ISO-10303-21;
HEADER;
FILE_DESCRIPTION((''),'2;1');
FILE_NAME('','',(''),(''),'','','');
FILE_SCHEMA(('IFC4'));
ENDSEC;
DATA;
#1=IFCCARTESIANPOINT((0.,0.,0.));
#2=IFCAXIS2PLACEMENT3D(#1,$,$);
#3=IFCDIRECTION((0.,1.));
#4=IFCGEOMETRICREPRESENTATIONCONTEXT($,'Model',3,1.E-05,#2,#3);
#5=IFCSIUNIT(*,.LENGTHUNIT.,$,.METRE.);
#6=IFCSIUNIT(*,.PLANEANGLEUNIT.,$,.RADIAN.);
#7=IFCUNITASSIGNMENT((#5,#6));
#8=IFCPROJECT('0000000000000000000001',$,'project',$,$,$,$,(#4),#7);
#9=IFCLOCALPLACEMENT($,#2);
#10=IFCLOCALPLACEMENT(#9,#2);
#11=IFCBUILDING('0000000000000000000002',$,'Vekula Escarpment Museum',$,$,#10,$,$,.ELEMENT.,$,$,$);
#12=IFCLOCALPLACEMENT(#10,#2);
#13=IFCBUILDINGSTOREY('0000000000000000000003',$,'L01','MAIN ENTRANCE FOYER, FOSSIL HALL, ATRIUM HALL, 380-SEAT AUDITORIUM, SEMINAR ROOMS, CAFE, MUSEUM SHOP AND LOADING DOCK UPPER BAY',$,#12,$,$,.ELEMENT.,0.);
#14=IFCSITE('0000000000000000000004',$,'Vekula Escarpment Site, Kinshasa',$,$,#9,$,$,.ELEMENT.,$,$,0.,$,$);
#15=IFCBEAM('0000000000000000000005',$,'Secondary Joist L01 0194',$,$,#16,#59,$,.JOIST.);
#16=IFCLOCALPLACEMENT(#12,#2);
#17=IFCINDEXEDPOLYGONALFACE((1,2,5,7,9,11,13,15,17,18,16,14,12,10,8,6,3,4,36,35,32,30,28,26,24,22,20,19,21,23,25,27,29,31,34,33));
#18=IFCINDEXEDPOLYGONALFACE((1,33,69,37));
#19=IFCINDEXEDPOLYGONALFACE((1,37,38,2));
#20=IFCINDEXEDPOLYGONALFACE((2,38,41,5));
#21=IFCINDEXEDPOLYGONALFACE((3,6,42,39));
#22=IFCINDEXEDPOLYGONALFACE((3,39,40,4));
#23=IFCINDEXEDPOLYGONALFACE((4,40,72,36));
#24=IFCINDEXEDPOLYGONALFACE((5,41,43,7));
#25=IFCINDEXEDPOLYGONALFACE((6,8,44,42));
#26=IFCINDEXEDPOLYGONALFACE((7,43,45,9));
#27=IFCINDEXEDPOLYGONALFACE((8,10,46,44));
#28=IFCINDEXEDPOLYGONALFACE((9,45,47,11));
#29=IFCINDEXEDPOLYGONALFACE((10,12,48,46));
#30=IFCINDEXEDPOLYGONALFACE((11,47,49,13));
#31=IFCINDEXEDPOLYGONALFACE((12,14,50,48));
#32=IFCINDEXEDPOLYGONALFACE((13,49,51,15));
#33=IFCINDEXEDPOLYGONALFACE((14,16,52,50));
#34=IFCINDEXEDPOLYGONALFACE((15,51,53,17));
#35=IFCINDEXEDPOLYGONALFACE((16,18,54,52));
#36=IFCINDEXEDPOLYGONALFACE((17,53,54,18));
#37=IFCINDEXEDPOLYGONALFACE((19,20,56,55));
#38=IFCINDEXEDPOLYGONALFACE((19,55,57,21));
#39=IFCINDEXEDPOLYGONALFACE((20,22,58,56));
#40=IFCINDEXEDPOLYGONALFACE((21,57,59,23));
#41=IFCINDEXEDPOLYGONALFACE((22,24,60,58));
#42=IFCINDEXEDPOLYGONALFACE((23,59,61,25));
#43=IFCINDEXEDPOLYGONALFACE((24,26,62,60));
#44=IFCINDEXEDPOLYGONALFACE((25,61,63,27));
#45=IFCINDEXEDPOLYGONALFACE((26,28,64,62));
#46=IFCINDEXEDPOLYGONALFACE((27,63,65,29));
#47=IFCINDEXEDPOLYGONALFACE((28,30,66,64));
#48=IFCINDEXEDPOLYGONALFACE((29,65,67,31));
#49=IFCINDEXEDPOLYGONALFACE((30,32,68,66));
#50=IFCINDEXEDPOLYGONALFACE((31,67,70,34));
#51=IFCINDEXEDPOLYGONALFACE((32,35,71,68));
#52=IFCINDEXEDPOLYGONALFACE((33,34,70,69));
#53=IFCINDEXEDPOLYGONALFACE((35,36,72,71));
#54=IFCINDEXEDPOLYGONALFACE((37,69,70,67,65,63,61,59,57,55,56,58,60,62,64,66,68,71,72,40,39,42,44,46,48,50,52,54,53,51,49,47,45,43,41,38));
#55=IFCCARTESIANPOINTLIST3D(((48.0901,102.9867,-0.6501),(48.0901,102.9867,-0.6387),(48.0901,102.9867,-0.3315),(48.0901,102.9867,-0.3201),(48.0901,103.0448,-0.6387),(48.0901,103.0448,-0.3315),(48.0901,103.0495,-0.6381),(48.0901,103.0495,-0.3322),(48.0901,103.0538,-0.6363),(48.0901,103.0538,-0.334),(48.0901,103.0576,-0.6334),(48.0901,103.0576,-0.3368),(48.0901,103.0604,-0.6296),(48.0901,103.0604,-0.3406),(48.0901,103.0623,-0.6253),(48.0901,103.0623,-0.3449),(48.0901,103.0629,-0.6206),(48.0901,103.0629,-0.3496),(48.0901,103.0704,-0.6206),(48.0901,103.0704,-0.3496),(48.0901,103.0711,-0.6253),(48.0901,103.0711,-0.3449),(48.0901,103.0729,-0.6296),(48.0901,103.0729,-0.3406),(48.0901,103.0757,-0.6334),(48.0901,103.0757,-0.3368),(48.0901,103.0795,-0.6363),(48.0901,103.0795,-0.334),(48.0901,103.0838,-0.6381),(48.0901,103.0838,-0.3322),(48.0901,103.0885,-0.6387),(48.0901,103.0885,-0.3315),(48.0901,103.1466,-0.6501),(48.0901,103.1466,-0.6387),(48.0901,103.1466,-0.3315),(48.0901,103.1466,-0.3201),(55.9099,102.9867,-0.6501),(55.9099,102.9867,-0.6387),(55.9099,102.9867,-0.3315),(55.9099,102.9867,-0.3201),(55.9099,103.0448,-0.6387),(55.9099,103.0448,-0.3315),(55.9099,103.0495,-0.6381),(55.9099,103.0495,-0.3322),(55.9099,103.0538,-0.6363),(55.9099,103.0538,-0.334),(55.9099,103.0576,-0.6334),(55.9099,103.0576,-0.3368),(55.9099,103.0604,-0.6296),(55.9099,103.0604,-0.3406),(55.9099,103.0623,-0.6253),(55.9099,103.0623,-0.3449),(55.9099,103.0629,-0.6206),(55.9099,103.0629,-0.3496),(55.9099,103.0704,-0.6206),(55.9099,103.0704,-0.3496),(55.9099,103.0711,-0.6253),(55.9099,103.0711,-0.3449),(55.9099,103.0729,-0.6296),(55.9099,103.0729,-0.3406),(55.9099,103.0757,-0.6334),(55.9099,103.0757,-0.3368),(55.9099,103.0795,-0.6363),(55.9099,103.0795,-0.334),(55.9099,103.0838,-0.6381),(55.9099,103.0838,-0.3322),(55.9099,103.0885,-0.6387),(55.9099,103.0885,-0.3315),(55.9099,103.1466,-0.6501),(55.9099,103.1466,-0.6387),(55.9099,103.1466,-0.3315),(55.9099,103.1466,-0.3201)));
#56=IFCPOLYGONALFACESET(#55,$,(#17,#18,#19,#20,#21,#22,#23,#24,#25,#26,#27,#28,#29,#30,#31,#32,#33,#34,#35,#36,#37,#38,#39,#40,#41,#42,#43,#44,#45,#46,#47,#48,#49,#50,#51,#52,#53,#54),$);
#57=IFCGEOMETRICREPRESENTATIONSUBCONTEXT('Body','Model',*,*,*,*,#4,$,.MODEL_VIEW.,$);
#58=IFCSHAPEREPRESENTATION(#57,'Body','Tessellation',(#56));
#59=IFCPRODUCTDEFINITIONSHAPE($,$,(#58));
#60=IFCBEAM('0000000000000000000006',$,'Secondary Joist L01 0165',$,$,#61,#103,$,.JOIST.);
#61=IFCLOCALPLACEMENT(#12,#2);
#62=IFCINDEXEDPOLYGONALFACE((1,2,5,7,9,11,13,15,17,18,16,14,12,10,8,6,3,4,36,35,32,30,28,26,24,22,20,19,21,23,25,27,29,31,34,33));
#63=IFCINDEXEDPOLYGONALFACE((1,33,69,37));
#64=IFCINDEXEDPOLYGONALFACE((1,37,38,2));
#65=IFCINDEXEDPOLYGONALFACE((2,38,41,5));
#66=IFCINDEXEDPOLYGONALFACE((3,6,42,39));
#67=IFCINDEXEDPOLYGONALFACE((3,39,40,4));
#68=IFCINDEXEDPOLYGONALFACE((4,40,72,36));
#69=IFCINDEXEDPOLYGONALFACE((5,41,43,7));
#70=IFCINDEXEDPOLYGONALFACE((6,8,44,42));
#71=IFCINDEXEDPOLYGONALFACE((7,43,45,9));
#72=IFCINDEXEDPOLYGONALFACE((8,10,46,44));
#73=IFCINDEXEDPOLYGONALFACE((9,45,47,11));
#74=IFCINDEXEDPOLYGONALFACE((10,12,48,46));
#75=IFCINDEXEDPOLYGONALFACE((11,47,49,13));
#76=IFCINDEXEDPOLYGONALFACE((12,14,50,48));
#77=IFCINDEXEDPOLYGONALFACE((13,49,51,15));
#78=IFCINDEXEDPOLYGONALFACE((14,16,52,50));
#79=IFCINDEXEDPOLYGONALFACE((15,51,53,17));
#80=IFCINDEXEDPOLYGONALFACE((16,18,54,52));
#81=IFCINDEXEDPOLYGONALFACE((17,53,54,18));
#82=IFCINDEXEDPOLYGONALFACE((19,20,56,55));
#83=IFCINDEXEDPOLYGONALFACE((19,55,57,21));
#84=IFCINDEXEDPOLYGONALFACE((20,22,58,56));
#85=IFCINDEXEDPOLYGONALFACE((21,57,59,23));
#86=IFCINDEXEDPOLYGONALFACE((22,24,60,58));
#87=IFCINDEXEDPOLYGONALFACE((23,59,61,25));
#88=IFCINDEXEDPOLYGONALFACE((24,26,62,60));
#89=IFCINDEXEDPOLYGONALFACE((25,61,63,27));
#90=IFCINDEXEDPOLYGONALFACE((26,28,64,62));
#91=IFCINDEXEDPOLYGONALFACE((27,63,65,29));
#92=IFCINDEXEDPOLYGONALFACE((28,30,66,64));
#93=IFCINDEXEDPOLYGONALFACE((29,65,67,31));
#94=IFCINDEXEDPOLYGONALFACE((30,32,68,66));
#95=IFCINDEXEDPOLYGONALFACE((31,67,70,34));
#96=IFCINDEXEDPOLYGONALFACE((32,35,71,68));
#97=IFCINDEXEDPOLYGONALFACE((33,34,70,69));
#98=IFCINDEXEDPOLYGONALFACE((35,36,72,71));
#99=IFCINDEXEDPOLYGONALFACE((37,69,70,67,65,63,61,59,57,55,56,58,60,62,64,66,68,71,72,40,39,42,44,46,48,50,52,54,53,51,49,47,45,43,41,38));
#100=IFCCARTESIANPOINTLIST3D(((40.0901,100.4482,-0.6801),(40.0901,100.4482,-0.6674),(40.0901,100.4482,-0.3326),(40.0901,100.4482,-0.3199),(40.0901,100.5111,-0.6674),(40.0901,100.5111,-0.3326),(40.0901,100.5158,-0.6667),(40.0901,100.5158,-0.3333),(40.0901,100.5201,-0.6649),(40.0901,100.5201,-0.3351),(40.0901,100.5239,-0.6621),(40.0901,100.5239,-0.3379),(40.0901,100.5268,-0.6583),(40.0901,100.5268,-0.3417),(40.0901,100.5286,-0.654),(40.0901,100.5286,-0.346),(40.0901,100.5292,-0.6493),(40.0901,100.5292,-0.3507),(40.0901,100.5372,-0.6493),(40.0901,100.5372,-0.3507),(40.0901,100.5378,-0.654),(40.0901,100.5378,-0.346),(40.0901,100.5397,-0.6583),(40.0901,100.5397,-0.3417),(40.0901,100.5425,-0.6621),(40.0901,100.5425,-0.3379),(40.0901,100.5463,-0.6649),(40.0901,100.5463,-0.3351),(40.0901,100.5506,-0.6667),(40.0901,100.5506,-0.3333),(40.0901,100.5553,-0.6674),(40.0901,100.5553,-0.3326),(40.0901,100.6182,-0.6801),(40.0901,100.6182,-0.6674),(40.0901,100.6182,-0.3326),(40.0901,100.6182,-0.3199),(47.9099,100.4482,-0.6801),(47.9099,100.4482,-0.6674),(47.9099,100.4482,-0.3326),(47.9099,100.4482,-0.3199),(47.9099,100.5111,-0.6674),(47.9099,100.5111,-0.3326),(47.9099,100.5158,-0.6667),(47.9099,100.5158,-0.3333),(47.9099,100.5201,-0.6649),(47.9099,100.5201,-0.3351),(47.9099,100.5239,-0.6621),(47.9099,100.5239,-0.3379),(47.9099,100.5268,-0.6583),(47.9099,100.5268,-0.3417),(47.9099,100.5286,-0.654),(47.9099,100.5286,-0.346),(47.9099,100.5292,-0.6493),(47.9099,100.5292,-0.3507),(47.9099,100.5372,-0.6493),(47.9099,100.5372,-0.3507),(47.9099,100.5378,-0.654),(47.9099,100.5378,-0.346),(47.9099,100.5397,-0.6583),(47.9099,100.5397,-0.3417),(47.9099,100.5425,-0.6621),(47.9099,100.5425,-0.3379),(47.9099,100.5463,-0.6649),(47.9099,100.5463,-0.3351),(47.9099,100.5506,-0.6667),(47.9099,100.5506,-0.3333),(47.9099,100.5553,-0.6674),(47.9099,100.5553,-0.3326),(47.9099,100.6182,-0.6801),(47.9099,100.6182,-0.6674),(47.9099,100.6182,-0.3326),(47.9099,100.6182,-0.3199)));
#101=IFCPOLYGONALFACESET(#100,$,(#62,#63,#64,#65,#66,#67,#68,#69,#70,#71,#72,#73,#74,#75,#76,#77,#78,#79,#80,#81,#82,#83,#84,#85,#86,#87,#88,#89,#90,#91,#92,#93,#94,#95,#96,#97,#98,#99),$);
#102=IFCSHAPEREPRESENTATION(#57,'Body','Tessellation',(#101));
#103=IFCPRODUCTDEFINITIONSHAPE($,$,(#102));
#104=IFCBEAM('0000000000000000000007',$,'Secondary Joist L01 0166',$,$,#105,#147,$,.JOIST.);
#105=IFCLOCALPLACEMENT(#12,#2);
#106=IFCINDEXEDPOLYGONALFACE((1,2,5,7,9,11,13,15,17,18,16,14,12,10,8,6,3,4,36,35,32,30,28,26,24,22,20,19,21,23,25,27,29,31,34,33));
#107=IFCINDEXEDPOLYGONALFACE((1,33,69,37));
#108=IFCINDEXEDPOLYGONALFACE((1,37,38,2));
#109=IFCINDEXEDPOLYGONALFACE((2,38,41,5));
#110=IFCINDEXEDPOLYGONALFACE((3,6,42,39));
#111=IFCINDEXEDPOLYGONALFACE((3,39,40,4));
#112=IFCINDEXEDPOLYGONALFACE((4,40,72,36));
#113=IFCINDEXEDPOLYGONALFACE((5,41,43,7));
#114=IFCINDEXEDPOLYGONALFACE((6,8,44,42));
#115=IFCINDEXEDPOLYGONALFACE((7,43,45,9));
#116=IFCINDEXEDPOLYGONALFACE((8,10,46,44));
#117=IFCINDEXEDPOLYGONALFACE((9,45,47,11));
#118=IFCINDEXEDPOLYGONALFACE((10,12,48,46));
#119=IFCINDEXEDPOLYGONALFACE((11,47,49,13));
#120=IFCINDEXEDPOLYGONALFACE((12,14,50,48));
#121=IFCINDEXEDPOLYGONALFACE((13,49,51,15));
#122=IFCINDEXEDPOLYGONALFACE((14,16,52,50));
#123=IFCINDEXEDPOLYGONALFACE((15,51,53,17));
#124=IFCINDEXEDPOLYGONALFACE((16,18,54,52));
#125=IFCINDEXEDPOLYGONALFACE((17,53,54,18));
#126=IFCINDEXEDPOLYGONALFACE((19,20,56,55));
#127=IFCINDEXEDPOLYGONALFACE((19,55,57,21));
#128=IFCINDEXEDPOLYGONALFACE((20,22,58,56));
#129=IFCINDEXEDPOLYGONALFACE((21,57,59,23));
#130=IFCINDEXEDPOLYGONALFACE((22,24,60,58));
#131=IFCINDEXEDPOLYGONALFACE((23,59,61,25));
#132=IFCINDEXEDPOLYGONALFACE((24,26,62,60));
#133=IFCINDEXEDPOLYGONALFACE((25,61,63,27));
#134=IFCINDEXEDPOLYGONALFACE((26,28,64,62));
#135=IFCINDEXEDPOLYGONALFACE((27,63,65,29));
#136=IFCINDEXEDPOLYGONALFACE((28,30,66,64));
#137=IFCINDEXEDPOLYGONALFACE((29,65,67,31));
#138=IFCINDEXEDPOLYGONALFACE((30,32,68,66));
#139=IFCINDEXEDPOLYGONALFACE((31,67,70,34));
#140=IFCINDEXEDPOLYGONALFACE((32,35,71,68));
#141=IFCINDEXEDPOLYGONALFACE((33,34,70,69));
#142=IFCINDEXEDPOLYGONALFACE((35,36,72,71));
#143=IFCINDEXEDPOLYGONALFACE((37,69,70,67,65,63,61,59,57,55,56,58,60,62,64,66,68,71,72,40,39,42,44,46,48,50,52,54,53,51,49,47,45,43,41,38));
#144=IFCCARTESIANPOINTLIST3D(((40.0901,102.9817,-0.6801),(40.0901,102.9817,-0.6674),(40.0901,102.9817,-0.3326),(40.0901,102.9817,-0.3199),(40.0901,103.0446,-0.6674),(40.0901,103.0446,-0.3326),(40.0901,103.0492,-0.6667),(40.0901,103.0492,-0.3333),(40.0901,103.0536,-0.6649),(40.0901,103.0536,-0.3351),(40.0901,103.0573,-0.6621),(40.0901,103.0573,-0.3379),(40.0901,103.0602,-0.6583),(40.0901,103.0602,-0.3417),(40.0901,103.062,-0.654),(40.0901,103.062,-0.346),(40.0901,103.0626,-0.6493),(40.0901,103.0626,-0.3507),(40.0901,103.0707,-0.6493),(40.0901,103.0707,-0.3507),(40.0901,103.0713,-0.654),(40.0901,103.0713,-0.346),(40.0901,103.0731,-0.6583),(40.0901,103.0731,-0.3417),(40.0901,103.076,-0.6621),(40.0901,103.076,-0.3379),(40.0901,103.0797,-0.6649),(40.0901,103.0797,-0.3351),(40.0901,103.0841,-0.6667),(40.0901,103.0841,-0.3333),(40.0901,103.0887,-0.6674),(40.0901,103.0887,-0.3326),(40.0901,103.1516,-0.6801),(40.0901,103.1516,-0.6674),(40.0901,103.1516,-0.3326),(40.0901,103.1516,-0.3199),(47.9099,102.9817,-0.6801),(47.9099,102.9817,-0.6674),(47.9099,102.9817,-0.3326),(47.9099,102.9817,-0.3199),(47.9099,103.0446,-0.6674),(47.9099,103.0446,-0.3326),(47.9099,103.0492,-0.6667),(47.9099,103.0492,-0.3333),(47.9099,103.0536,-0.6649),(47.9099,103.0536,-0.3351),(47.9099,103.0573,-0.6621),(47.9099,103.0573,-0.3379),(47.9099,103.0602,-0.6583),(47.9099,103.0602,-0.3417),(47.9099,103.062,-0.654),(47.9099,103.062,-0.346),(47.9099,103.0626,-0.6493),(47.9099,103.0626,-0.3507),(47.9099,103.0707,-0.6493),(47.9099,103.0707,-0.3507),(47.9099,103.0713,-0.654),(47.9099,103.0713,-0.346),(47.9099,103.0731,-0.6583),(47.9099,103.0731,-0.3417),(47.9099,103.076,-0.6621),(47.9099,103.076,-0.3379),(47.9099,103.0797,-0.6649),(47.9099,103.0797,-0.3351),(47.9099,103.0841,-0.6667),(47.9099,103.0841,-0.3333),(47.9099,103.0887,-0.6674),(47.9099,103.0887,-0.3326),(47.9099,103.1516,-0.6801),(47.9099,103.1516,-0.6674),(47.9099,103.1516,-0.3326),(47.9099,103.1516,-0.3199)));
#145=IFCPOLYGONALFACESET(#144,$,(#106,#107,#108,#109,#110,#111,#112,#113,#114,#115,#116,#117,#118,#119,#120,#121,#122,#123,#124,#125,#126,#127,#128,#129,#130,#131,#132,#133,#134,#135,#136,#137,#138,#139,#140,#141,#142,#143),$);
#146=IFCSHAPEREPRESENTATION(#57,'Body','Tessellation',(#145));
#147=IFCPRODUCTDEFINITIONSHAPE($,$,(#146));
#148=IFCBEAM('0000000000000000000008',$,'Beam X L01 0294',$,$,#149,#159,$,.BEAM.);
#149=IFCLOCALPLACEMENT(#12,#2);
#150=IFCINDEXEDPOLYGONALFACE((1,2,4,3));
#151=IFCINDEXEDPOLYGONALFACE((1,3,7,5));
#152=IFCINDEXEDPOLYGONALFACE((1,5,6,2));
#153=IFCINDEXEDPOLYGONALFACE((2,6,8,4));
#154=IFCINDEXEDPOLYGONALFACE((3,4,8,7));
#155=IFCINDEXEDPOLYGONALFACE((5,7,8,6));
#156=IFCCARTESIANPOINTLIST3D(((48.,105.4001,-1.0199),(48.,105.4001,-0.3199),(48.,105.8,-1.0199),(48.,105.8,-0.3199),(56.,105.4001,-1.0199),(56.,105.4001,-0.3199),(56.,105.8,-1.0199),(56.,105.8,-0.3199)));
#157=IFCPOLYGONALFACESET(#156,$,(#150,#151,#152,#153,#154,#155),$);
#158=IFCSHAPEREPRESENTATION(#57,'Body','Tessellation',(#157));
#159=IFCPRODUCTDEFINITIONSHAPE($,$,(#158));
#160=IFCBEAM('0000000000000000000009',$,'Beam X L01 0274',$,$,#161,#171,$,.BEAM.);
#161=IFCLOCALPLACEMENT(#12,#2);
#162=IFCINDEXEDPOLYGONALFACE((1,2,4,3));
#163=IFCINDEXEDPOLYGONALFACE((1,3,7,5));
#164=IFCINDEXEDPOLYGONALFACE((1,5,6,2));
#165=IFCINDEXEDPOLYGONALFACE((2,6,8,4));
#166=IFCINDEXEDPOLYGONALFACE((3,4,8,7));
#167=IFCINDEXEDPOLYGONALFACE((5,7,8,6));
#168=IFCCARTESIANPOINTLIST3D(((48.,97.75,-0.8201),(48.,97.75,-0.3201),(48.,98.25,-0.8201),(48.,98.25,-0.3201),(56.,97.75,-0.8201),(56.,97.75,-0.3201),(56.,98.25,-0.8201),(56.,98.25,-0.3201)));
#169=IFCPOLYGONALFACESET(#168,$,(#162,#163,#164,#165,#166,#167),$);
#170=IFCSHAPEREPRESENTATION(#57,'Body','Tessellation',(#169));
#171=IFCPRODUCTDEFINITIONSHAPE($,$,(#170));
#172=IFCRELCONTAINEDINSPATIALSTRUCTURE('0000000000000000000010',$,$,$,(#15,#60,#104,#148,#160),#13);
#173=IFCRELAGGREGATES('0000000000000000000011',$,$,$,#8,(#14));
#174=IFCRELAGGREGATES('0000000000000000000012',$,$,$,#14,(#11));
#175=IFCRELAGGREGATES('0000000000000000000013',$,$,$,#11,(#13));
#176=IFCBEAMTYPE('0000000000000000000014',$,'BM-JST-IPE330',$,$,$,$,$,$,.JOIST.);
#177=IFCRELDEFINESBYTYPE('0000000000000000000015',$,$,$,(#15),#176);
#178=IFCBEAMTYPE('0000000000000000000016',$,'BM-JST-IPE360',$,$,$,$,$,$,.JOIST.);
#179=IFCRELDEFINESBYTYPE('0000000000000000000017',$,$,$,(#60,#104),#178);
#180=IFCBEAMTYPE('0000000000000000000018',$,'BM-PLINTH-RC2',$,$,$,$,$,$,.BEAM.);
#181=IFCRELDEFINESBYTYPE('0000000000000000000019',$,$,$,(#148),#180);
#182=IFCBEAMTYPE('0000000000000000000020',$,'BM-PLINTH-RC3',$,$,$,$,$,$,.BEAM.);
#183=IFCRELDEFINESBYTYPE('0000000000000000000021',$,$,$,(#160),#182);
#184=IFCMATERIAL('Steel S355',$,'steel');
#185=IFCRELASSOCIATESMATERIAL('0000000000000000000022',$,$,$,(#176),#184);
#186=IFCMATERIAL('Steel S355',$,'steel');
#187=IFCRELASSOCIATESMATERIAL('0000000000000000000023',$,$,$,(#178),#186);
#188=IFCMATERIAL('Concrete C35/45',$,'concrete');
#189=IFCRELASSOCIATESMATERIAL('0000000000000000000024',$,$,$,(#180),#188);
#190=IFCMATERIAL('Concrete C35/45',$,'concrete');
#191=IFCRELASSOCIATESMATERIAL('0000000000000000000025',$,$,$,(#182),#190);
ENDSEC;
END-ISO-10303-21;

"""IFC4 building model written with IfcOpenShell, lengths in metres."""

from ifc_helpers import new_model, si_unit, direction, frame, origin, origin_2d, place, context, subcontext, project, spatial, rectangle, i_section, extrude, material, material_profile, profile_set, type_object, element, save


model = new_model("IFC4")

# Units and contexts
model_context = context("Model", 3, precision=1e-05, world=origin(), true_north=direction((0.0, 1.0)))
body_context = subcontext(model_context, "Body", "Model", "MODEL_VIEW")
ifc_project = project(units=[si_unit("LENGTHUNIT", "METRE"), si_unit("PLANEANGLEUNIT", "RADIAN")], contexts=[model_context])

# Site, building, storey
site_placement = place(None, origin())
site = spatial("IfcSite", under=ifc_project, at=site_placement, Name="Vekula Escarpment Site, Kinshasa", CompositionType="ELEMENT", RefElevation=0.0)
building_placement = place(site_placement, origin())
building = spatial("IfcBuilding", under=site, at=building_placement, Name="Vekula Escarpment Museum", CompositionType="ELEMENT")
storey_placement = place(building_placement, origin())
storey = spatial("IfcBuildingStorey", under=building, at=storey_placement, Name="L01", Description="MAIN ENTRANCE FOYER, FOSSIL HALL, ATRIUM HALL, 380-SEAT AUDITORIUM, SEMINAR ROOMS, CAFE, MUSEUM SHOP AND LOADING DOCK UPPER BAY", CompositionType="ELEMENT", Elevation=0.0)

# Beams
ifc_material_1 = material(Name="Steel S355", Category="steel")
ifc_material_profile_1 = material_profile(ifc_material_1, i_section(OverallWidth=0.1599, OverallDepth=0.3301, WebThickness=0.0076, FlangeThickness=0.0115, FilletRadius=0.0181, at=origin_2d()), Name="IPE 330")
ifc_profile_set_1 = profile_set([ifc_material_profile_1], Name="Steel S355")
beam_type_1 = type_object("IfcBeamType", Name="BM-JST-IPE330", PredefinedType="JOIST", material=ifc_profile_set_1)
for number, where, z_axis, x_axis, name in (
    (1, (48.0901, 103.0667, -0.4851), (1.0, 0.0, 0.0), (0.0, 1.0, 0.0), "Secondary Joist L01 0194"),
):
    element("IfcBeam", number, at=place(storey_placement, frame(where, z_axis=z_axis, x_axis=x_axis)), inside=storey, type_object=beam_type_1, Name=name, PredefinedType="JOIST", context=body_context, shape_type="SweptSolid", body=[
        extrude(i_section(OverallWidth=0.1599, OverallDepth=0.3301, WebThickness=0.0076, FlangeThickness=0.0115, FilletRadius=0.0181, at=origin_2d()), origin(), (0.0, 0.0, 1.0), 7.8198),
    ])
ifc_material_2 = material(Name="Steel S355", Category="steel")
ifc_material_profile_2 = material_profile(ifc_material_2, i_section(OverallWidth=0.1699, OverallDepth=0.3601, WebThickness=0.0081, FlangeThickness=0.0127, FilletRadius=0.0181, at=origin_2d()), Name="IPE 360")
ifc_profile_set_2 = profile_set([ifc_material_profile_2], Name="Steel S355")
beam_type_2 = type_object("IfcBeamType", Name="BM-JST-IPE360", PredefinedType="JOIST", material=ifc_profile_set_2)
for number, where, z_axis, x_axis, name in (
    (2, (40.0901, 100.5332, -0.5), (1.0, 0.0, 0.0), (0.0, 1.0, 0.0), "Secondary Joist L01 0165"),
    (3, (40.0901, 103.0667, -0.5), (1.0, 0.0, 0.0), (0.0, 1.0, 0.0), "Secondary Joist L01 0166"),
):
    element("IfcBeam", number, at=place(storey_placement, frame(where, z_axis=z_axis, x_axis=x_axis)), inside=storey, type_object=beam_type_2, Name=name, PredefinedType="JOIST", context=body_context, shape_type="SweptSolid", body=[
        extrude(i_section(OverallWidth=0.1699, OverallDepth=0.3601, WebThickness=0.0081, FlangeThickness=0.0127, FilletRadius=0.0181, at=origin_2d()), origin(), (0.0, 0.0, 1.0), 7.8198),
    ])
ifc_material_3 = material(Name="Concrete C35/45", Category="concrete")
ifc_material_profile_3 = material_profile(ifc_material_3, rectangle(XDim=0.3999, YDim=0.7, at=origin_2d()), Name="RC 400x700")
ifc_profile_set_3 = profile_set([ifc_material_profile_3], Name="Concrete C35/45")
beam_type_3 = type_object("IfcBeamType", Name="BM-PLINTH-RC2", PredefinedType="BEAM", material=ifc_profile_set_3)
beam_1_placement = place(storey_placement, frame((48.0, 105.6001, -0.6699), z_axis=(1.0, 0.0, 0.0), x_axis=(0.0, 1.0, 0.0)))
element("IfcBeam", 4, at=beam_1_placement, inside=storey, type_object=beam_type_3, Name="Beam X L01 0294", PredefinedType="BEAM", context=body_context, shape_type="SweptSolid", body=[
    extrude(rectangle(XDim=0.3999, YDim=0.7, at=origin_2d()), origin(), (0.0, 0.0, 1.0), 8.0),
])
ifc_material_4 = material(Name="Concrete C35/45", Category="concrete")
ifc_material_profile_4 = material_profile(ifc_material_4, rectangle(XDim=0.5, YDim=0.5, at=origin_2d()), Name="RC 500x500")
ifc_profile_set_4 = profile_set([ifc_material_profile_4], Name="Concrete C35/45")
beam_type_4 = type_object("IfcBeamType", Name="BM-PLINTH-RC3", PredefinedType="BEAM", material=ifc_profile_set_4)
beam_2_placement = place(storey_placement, frame((48.0, 98.0, -0.5701), z_axis=(1.0, 0.0, 0.0), x_axis=(0.0, 1.0, 0.0)))
element("IfcBeam", 5, at=beam_2_placement, inside=storey, type_object=beam_type_4, Name="Beam X L01 0274", PredefinedType="BEAM", context=body_context, shape_type="SweptSolid", body=[
    extrude(rectangle(XDim=0.5, YDim=0.5, at=origin_2d()), origin(), (0.0, 0.0, 1.0), 8.0),
])

save(model, "model.ifc")
